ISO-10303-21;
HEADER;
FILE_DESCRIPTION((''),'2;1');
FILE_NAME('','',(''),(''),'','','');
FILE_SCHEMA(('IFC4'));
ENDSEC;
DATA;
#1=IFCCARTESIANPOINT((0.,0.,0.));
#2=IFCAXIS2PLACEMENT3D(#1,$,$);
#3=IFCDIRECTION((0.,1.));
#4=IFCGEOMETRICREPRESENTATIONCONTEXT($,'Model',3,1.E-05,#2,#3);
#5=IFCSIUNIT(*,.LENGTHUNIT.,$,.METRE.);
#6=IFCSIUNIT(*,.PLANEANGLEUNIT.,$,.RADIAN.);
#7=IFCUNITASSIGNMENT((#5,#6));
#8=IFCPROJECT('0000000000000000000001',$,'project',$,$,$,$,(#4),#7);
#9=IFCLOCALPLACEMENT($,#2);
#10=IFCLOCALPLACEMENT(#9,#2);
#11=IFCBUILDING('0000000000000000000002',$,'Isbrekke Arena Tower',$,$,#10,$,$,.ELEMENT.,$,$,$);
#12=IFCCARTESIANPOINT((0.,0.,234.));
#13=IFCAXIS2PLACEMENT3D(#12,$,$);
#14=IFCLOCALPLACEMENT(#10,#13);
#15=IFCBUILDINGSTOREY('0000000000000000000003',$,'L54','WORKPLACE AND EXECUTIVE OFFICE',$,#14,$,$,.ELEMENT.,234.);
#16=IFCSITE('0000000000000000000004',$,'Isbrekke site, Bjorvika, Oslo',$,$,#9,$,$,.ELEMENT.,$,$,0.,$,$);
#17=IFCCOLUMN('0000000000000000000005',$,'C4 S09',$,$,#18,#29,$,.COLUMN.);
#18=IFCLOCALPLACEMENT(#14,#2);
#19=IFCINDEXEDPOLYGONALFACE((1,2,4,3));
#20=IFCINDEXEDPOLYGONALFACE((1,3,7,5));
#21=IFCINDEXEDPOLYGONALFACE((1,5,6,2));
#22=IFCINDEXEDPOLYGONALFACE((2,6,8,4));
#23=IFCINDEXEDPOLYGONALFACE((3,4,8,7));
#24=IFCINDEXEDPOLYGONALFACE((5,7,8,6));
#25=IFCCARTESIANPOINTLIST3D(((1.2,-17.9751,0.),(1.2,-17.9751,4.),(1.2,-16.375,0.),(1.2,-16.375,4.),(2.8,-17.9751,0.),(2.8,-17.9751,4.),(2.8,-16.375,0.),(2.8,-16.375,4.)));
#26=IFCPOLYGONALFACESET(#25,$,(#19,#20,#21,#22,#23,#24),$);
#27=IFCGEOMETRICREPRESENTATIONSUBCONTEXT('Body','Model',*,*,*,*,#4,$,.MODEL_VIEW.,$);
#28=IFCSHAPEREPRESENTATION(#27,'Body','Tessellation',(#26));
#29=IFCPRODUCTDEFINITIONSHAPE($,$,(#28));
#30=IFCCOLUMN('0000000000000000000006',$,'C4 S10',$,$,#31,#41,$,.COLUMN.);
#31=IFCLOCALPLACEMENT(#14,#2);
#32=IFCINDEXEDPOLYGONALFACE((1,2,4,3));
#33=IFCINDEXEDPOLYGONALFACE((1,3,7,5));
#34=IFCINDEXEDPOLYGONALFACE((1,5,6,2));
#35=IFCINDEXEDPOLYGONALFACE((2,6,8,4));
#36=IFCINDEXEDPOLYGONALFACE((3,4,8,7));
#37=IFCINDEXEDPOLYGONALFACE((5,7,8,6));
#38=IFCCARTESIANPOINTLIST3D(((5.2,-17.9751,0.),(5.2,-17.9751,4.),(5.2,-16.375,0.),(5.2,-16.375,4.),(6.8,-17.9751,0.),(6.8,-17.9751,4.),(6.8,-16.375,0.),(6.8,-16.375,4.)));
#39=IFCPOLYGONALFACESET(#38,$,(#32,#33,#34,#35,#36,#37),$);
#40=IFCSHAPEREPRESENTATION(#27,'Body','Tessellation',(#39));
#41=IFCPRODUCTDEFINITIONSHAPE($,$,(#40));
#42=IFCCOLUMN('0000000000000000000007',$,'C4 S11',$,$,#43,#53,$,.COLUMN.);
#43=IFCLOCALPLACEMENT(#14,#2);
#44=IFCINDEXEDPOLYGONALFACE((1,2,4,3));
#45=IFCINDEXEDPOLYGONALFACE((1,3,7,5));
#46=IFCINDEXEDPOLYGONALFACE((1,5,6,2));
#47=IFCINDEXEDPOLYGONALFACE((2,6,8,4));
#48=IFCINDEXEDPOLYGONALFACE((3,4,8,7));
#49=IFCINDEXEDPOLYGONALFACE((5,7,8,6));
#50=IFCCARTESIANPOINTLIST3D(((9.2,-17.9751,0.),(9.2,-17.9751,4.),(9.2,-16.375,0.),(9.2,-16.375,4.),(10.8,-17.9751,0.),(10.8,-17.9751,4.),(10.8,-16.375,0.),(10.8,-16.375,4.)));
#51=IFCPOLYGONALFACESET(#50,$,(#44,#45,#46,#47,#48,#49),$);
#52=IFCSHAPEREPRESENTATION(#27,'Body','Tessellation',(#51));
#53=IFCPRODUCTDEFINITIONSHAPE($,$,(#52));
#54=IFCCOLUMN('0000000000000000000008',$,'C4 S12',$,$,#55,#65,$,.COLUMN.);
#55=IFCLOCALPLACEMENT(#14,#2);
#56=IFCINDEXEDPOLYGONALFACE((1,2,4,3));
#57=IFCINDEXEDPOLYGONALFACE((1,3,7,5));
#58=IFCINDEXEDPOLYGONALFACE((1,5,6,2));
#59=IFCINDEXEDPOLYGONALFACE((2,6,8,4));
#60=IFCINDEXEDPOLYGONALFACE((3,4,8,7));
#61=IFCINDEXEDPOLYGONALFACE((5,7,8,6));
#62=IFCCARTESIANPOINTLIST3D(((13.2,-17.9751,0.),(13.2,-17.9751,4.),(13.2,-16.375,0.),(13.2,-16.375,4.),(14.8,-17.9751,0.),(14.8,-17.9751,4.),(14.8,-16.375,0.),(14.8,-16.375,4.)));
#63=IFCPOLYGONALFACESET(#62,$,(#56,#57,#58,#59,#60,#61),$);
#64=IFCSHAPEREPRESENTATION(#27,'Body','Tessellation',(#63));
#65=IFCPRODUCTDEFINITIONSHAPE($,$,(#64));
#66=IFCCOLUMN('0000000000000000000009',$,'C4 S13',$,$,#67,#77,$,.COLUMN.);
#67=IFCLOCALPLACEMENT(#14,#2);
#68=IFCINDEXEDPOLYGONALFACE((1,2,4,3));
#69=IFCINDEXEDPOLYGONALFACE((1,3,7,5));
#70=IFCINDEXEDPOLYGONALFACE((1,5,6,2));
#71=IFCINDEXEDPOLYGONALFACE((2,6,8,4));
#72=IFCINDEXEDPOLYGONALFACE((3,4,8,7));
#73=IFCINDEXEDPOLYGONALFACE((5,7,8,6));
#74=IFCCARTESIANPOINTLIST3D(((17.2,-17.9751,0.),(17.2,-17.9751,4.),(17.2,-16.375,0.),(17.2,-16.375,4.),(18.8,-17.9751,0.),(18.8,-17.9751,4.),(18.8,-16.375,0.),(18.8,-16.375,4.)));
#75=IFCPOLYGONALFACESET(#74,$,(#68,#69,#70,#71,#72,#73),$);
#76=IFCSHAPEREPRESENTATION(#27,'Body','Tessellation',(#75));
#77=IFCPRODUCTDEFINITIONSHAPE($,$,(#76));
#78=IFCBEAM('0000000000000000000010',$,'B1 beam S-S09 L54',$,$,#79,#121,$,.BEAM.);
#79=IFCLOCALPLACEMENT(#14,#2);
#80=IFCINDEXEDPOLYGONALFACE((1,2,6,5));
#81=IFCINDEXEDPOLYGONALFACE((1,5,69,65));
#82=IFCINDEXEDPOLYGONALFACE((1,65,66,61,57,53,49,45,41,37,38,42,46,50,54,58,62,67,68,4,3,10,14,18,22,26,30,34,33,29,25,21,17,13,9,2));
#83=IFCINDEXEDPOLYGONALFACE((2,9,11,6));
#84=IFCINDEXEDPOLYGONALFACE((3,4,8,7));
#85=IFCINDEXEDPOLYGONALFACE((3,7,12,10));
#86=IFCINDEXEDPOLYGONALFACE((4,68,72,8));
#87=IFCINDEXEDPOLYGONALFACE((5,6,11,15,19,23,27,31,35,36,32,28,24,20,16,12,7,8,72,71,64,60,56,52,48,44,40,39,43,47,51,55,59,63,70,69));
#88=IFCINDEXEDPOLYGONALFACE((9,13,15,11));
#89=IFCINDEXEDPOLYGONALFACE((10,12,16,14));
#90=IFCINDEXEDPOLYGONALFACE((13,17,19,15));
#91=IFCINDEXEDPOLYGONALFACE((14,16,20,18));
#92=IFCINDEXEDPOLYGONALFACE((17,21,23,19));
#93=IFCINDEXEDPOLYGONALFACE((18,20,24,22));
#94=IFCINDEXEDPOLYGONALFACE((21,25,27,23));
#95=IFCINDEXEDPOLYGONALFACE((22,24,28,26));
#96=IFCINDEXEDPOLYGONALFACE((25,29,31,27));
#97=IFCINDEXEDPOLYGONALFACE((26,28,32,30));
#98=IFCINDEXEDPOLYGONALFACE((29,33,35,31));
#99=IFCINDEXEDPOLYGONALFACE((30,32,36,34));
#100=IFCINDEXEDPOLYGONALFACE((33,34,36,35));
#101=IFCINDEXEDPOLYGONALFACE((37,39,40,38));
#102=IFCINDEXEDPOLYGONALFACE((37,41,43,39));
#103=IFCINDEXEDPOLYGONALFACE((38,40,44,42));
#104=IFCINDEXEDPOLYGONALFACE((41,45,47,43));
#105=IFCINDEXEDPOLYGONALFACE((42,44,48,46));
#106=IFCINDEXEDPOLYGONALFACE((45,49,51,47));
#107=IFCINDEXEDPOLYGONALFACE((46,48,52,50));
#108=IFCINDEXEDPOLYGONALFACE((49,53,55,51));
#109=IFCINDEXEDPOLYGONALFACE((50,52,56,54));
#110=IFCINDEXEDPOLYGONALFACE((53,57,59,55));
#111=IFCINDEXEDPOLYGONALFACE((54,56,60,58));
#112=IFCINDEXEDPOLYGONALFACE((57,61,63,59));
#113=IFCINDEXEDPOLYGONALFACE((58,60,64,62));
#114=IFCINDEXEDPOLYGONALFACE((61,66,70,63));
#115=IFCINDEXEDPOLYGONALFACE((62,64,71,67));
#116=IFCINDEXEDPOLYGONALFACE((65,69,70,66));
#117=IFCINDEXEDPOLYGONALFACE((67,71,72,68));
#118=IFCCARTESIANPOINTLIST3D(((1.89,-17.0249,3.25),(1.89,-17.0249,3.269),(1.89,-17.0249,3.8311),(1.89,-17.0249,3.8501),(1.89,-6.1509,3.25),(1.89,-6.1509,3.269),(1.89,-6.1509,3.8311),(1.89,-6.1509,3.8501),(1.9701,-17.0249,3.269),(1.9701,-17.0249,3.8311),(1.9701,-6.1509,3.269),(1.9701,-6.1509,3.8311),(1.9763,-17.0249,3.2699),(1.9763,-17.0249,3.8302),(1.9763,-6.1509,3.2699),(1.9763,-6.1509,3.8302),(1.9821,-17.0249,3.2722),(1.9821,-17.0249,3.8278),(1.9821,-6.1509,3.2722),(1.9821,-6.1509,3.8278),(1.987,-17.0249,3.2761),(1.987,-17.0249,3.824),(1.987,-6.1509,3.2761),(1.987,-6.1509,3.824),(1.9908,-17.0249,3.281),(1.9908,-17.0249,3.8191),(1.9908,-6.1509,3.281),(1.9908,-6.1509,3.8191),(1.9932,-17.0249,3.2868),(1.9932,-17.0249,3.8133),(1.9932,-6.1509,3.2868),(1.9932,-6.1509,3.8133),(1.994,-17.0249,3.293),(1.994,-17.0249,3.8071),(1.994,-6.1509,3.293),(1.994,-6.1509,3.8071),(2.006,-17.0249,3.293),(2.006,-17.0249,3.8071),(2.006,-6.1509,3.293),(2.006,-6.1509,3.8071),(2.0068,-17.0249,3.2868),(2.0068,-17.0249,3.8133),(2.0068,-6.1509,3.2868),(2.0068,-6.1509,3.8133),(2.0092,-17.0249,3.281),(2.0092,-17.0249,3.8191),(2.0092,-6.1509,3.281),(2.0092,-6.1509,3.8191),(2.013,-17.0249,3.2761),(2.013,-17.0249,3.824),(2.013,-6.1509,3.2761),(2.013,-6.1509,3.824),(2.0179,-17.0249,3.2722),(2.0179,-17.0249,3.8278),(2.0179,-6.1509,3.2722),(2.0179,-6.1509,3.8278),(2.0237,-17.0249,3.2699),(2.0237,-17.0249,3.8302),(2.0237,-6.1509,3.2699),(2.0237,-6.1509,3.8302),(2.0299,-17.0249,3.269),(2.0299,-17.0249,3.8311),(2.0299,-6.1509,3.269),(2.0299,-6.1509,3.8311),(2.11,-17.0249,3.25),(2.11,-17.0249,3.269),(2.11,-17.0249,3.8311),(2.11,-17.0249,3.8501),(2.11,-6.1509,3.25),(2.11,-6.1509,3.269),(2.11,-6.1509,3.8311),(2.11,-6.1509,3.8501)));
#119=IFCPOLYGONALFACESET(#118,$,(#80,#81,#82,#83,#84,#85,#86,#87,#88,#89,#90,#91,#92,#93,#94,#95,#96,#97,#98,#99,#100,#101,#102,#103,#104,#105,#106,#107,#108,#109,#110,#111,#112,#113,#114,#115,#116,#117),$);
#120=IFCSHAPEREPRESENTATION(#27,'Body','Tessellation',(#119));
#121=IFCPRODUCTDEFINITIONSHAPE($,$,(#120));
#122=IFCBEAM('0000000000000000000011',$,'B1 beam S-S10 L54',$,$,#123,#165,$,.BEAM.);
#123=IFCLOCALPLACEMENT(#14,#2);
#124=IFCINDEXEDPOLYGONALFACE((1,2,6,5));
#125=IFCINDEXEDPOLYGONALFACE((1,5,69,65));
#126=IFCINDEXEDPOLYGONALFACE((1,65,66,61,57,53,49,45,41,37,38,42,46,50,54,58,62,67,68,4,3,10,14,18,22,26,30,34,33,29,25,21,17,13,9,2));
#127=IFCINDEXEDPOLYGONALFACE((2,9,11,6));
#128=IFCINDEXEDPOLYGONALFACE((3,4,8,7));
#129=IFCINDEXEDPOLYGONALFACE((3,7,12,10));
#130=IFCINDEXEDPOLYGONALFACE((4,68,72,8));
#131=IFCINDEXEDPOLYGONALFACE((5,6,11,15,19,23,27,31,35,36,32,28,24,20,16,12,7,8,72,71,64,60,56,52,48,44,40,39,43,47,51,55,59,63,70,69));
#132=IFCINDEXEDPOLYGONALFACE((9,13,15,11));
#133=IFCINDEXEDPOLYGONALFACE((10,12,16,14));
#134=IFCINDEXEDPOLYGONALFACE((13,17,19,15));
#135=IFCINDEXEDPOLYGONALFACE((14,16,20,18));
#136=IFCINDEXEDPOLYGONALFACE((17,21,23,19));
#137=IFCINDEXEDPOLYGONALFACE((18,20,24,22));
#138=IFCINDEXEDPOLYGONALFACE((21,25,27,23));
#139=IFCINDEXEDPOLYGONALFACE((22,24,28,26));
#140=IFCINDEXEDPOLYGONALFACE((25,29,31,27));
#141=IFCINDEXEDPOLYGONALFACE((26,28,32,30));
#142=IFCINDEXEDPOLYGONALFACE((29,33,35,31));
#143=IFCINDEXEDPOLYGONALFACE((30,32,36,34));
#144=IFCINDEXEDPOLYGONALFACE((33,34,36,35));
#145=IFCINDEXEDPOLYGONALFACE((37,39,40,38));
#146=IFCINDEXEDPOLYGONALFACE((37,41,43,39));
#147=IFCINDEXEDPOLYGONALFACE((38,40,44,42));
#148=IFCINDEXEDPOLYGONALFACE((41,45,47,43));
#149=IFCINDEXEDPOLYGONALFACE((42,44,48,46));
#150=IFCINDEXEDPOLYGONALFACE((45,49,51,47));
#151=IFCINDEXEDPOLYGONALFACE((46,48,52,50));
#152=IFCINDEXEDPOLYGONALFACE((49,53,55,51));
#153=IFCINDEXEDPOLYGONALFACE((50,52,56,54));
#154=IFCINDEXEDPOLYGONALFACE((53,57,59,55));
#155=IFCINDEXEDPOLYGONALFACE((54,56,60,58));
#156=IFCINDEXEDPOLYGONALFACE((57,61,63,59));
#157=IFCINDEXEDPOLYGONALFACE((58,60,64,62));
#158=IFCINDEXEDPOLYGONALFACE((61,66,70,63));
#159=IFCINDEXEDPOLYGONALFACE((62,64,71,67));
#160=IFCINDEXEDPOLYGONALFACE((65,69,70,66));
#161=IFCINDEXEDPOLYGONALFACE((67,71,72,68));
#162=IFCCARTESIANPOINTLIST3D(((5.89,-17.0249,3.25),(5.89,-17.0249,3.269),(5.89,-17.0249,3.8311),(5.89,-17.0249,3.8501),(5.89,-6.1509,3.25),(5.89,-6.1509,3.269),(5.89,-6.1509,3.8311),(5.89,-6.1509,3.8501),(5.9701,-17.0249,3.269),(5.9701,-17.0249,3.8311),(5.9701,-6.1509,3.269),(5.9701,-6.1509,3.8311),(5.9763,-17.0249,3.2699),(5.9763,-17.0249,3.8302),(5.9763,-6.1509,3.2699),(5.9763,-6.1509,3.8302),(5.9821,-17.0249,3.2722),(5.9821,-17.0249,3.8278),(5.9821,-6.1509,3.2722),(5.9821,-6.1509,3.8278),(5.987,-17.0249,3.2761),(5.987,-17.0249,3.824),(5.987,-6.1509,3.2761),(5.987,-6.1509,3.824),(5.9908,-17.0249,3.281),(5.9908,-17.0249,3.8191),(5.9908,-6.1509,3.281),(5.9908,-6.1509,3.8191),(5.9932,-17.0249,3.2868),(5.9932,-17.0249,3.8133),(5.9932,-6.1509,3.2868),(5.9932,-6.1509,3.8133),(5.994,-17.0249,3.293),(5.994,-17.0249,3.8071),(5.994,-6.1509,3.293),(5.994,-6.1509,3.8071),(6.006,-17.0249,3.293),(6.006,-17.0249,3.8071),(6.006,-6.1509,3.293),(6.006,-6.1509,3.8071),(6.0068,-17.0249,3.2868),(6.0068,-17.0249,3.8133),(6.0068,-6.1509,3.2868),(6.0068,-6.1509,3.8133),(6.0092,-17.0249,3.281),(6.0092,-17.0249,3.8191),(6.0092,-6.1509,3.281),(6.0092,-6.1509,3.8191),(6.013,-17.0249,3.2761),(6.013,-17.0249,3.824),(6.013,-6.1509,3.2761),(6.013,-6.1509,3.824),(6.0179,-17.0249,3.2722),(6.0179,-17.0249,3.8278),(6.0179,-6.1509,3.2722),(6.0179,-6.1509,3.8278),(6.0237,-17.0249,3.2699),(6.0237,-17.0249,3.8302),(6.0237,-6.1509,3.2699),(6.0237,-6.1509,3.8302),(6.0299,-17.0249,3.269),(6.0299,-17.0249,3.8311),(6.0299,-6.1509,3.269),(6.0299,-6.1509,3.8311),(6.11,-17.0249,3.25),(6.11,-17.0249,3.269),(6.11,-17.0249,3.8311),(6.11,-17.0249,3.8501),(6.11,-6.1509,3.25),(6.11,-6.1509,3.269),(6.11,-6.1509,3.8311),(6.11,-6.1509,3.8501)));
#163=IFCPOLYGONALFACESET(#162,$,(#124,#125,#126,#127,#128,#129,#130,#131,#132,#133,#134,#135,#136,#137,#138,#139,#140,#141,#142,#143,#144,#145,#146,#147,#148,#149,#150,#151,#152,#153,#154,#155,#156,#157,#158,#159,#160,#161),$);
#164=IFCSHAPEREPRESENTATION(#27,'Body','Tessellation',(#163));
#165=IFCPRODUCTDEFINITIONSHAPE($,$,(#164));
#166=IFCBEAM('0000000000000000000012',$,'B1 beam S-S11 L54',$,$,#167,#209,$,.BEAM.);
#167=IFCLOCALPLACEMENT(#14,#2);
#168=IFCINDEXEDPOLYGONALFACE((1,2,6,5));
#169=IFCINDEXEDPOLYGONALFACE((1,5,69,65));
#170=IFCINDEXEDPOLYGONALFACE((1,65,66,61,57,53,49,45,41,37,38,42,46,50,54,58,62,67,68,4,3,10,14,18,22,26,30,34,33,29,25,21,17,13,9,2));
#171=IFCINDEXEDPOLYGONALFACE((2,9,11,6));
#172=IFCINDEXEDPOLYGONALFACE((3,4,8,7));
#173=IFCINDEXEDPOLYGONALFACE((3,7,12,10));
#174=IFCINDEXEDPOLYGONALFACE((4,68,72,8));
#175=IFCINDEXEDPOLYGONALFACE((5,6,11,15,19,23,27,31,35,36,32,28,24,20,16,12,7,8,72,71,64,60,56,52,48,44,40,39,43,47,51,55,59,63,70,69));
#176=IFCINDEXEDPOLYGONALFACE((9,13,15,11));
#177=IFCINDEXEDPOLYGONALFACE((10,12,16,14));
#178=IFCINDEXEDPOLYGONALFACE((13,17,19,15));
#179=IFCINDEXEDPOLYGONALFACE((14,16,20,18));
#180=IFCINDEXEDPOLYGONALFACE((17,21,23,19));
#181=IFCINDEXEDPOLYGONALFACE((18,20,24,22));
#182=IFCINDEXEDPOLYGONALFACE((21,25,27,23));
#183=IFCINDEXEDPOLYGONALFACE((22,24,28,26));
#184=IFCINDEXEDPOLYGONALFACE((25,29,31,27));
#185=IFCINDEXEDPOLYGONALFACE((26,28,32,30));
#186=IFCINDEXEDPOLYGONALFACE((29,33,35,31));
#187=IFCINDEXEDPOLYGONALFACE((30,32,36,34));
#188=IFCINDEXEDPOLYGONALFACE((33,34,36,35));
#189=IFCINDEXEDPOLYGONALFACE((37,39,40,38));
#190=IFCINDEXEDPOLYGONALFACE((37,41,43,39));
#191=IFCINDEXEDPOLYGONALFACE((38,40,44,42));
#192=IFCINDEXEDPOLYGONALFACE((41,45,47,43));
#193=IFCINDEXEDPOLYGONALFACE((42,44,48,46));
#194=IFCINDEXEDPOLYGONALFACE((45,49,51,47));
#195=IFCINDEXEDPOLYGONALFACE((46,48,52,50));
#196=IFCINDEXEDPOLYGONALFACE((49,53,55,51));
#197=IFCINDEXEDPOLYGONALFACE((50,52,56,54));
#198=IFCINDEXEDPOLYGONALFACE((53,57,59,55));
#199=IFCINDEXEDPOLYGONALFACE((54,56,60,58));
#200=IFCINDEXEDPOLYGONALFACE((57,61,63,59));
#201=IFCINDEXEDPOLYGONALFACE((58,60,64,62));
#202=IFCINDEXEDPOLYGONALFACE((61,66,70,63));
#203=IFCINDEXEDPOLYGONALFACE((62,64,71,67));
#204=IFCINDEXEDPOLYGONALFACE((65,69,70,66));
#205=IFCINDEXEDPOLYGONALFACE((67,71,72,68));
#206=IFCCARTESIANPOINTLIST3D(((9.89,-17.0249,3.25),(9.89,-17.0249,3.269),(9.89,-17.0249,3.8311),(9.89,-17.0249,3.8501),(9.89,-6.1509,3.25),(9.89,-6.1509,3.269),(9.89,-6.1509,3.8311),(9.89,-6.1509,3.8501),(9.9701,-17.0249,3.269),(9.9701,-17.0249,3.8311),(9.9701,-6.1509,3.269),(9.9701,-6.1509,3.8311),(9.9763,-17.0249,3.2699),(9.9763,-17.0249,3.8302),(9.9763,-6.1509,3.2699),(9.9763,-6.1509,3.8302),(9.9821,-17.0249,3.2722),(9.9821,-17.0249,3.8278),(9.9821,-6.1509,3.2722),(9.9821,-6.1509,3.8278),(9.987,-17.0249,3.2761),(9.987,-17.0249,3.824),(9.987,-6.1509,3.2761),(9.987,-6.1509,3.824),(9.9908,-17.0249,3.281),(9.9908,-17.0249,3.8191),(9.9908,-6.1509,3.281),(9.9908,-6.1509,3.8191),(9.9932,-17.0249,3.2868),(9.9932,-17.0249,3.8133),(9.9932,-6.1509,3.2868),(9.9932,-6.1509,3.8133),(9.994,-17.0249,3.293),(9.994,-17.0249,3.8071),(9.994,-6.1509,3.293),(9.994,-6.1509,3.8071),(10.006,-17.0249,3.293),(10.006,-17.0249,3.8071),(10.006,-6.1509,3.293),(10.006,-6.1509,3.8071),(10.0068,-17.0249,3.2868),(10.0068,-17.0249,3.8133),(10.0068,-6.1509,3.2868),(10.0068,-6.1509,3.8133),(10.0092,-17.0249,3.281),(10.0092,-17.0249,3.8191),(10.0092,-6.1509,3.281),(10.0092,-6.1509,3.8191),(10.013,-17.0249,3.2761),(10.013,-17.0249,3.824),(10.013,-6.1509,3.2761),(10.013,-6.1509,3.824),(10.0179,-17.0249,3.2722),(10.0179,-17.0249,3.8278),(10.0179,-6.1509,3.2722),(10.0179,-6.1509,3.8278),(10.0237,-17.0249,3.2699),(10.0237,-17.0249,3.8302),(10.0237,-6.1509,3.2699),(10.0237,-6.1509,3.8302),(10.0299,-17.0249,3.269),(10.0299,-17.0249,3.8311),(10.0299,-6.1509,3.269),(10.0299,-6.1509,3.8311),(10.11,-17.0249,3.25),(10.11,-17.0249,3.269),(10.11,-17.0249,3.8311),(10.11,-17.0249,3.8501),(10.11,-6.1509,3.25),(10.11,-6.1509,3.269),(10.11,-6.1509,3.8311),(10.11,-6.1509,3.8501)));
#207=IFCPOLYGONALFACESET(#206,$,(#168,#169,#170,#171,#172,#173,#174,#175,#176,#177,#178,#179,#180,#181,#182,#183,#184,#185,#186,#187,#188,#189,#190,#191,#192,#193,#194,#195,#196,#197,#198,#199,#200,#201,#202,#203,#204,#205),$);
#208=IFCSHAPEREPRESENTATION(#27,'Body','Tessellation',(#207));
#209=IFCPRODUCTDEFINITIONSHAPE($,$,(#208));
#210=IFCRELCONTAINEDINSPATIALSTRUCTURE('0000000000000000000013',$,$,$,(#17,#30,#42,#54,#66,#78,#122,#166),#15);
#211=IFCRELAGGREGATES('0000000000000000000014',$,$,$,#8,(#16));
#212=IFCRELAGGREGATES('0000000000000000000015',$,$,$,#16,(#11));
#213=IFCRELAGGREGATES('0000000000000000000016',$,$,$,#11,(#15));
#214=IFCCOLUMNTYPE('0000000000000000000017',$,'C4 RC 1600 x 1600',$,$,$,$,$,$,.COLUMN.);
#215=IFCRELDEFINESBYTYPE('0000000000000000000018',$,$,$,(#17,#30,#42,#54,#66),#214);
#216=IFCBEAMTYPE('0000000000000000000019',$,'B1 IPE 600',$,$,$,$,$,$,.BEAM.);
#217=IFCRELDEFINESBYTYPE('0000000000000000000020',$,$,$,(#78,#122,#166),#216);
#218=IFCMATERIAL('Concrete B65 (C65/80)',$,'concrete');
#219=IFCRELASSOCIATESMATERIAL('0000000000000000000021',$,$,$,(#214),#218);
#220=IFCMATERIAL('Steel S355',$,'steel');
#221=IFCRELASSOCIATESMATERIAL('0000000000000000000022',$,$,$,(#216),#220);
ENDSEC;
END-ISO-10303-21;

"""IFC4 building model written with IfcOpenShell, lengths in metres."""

from ifc_helpers import new_model, si_unit, direction, frame, origin, origin_2d, place, context, subcontext, project, spatial, rectangle, i_section, extrude, material, material_profile, profile_set, type_object, element, save


model = new_model("IFC4")

# Units and contexts
model_context = context("Model", 3, precision=1e-05, world=origin(), true_north=direction((0.0, 1.0)))
body_context = subcontext(model_context, "Body", "Model", "MODEL_VIEW")
ifc_project = project(units=[si_unit("LENGTHUNIT", "METRE"), si_unit("PLANEANGLEUNIT", "RADIAN")], contexts=[model_context])

# Site, building, storey
site_placement = place(None, origin())
site = spatial("IfcSite", under=ifc_project, at=site_placement, Name="Isbrekke site, Bjorvika, Oslo", CompositionType="ELEMENT", RefElevation=0.0)
building_placement = place(site_placement, origin())
building = spatial("IfcBuilding", under=site, at=building_placement, Name="Isbrekke Arena Tower", CompositionType="ELEMENT")
storey_placement = place(building_placement, frame((0.0, 0.0, 234.0)))
storey = spatial("IfcBuildingStorey", under=building, at=storey_placement, Name="L54", Description="WORKPLACE AND EXECUTIVE OFFICE", CompositionType="ELEMENT", Elevation=234.0)

# Columns
ifc_material_1 = material(Name="Concrete B65 (C65/80)", Category="concrete")
ifc_material_profile_1 = material_profile(ifc_material_1, rectangle(XDim=1.6001, YDim=1.6001, at=origin_2d()), Name="RC 1600x1600")
ifc_profile_set_1 = profile_set([ifc_material_profile_1], Name="Concrete B65 (C65/80)")
column_type = type_object("IfcColumnType", Name="C4 RC 1600 x 1600", PredefinedType="COLUMN", material=ifc_profile_set_1)
for number, where, z_axis, x_axis, name in (
    (1, (2.0, -17.175, 0.0), (0.0, 0.0, 1.0), (1.0, 0.0, 0.0), "C4 S09"),
    (2, (6.0, -17.175, 0.0), (0.0, 0.0, 1.0), (1.0, 0.0, 0.0), "C4 S10"),
    (3, (10.0, -17.175, 0.0), (0.0, 0.0, 1.0), (1.0, 0.0, 0.0), "C4 S11"),
    (4, (14.0, -17.175, 0.0), (0.0, 0.0, 1.0), (1.0, 0.0, 0.0), "C4 S12"),
    (5, (18.0, -17.175, 0.0), (0.0, 0.0, 1.0), (1.0, 0.0, 0.0), "C4 S13"),
):
    element("IfcColumn", number, at=place(storey_placement, frame(where, z_axis=z_axis, x_axis=x_axis)), inside=storey, type_object=column_type, Name=name, PredefinedType="COLUMN", context=body_context, shape_type="SweptSolid", body=[
        extrude(rectangle(XDim=1.6001, YDim=1.6001, at=origin_2d()), origin(), (0.0, 0.0, 1.0), 4.0),
    ])

# Beams
ifc_material_2 = material(Name="Steel S355", Category="steel")
ifc_material_profile_2 = material_profile(ifc_material_2, i_section(OverallWidth=0.22, OverallDepth=0.6001, WebThickness=0.012, FlangeThickness=0.019, FilletRadius=0.0239, at=origin_2d()), Name="IPE 600")
ifc_profile_set_2 = profile_set([ifc_material_profile_2], Name="Steel S355")
beam_type_1 = type_object("IfcBeamType", Name="B1 IPE 600", PredefinedType="BEAM", material=ifc_profile_set_2)
for number, where, z_axis, x_axis, name in (
    (6, (2.0, -17.0249, 3.55), (0.0, 1.0, 0.0), (-1.0, 0.0, 0.0), "B1 beam S-S09 L54"),
    (7, (6.0, -17.0249, 3.55), (0.0, 1.0, 0.0), (-1.0, 0.0, 0.0), "B1 beam S-S10 L54"),
    (8, (10.0, -17.0249, 3.55), (0.0, 1.0, 0.0), (-1.0, 0.0, 0.0), "B1 beam S-S11 L54"),
):
    element("IfcBeam", number, at=place(storey_placement, frame(where, z_axis=z_axis, x_axis=x_axis)), inside=storey, type_object=beam_type_1, Name=name, PredefinedType="BEAM", context=body_context, shape_type="SweptSolid", body=[
        extrude(i_section(OverallWidth=0.22, OverallDepth=0.6001, WebThickness=0.012, FlangeThickness=0.019, FilletRadius=0.0239, at=origin_2d()), origin(), (0.0, 0.0, 1.0), 10.874),
    ])

save(model, "model.ifc")
